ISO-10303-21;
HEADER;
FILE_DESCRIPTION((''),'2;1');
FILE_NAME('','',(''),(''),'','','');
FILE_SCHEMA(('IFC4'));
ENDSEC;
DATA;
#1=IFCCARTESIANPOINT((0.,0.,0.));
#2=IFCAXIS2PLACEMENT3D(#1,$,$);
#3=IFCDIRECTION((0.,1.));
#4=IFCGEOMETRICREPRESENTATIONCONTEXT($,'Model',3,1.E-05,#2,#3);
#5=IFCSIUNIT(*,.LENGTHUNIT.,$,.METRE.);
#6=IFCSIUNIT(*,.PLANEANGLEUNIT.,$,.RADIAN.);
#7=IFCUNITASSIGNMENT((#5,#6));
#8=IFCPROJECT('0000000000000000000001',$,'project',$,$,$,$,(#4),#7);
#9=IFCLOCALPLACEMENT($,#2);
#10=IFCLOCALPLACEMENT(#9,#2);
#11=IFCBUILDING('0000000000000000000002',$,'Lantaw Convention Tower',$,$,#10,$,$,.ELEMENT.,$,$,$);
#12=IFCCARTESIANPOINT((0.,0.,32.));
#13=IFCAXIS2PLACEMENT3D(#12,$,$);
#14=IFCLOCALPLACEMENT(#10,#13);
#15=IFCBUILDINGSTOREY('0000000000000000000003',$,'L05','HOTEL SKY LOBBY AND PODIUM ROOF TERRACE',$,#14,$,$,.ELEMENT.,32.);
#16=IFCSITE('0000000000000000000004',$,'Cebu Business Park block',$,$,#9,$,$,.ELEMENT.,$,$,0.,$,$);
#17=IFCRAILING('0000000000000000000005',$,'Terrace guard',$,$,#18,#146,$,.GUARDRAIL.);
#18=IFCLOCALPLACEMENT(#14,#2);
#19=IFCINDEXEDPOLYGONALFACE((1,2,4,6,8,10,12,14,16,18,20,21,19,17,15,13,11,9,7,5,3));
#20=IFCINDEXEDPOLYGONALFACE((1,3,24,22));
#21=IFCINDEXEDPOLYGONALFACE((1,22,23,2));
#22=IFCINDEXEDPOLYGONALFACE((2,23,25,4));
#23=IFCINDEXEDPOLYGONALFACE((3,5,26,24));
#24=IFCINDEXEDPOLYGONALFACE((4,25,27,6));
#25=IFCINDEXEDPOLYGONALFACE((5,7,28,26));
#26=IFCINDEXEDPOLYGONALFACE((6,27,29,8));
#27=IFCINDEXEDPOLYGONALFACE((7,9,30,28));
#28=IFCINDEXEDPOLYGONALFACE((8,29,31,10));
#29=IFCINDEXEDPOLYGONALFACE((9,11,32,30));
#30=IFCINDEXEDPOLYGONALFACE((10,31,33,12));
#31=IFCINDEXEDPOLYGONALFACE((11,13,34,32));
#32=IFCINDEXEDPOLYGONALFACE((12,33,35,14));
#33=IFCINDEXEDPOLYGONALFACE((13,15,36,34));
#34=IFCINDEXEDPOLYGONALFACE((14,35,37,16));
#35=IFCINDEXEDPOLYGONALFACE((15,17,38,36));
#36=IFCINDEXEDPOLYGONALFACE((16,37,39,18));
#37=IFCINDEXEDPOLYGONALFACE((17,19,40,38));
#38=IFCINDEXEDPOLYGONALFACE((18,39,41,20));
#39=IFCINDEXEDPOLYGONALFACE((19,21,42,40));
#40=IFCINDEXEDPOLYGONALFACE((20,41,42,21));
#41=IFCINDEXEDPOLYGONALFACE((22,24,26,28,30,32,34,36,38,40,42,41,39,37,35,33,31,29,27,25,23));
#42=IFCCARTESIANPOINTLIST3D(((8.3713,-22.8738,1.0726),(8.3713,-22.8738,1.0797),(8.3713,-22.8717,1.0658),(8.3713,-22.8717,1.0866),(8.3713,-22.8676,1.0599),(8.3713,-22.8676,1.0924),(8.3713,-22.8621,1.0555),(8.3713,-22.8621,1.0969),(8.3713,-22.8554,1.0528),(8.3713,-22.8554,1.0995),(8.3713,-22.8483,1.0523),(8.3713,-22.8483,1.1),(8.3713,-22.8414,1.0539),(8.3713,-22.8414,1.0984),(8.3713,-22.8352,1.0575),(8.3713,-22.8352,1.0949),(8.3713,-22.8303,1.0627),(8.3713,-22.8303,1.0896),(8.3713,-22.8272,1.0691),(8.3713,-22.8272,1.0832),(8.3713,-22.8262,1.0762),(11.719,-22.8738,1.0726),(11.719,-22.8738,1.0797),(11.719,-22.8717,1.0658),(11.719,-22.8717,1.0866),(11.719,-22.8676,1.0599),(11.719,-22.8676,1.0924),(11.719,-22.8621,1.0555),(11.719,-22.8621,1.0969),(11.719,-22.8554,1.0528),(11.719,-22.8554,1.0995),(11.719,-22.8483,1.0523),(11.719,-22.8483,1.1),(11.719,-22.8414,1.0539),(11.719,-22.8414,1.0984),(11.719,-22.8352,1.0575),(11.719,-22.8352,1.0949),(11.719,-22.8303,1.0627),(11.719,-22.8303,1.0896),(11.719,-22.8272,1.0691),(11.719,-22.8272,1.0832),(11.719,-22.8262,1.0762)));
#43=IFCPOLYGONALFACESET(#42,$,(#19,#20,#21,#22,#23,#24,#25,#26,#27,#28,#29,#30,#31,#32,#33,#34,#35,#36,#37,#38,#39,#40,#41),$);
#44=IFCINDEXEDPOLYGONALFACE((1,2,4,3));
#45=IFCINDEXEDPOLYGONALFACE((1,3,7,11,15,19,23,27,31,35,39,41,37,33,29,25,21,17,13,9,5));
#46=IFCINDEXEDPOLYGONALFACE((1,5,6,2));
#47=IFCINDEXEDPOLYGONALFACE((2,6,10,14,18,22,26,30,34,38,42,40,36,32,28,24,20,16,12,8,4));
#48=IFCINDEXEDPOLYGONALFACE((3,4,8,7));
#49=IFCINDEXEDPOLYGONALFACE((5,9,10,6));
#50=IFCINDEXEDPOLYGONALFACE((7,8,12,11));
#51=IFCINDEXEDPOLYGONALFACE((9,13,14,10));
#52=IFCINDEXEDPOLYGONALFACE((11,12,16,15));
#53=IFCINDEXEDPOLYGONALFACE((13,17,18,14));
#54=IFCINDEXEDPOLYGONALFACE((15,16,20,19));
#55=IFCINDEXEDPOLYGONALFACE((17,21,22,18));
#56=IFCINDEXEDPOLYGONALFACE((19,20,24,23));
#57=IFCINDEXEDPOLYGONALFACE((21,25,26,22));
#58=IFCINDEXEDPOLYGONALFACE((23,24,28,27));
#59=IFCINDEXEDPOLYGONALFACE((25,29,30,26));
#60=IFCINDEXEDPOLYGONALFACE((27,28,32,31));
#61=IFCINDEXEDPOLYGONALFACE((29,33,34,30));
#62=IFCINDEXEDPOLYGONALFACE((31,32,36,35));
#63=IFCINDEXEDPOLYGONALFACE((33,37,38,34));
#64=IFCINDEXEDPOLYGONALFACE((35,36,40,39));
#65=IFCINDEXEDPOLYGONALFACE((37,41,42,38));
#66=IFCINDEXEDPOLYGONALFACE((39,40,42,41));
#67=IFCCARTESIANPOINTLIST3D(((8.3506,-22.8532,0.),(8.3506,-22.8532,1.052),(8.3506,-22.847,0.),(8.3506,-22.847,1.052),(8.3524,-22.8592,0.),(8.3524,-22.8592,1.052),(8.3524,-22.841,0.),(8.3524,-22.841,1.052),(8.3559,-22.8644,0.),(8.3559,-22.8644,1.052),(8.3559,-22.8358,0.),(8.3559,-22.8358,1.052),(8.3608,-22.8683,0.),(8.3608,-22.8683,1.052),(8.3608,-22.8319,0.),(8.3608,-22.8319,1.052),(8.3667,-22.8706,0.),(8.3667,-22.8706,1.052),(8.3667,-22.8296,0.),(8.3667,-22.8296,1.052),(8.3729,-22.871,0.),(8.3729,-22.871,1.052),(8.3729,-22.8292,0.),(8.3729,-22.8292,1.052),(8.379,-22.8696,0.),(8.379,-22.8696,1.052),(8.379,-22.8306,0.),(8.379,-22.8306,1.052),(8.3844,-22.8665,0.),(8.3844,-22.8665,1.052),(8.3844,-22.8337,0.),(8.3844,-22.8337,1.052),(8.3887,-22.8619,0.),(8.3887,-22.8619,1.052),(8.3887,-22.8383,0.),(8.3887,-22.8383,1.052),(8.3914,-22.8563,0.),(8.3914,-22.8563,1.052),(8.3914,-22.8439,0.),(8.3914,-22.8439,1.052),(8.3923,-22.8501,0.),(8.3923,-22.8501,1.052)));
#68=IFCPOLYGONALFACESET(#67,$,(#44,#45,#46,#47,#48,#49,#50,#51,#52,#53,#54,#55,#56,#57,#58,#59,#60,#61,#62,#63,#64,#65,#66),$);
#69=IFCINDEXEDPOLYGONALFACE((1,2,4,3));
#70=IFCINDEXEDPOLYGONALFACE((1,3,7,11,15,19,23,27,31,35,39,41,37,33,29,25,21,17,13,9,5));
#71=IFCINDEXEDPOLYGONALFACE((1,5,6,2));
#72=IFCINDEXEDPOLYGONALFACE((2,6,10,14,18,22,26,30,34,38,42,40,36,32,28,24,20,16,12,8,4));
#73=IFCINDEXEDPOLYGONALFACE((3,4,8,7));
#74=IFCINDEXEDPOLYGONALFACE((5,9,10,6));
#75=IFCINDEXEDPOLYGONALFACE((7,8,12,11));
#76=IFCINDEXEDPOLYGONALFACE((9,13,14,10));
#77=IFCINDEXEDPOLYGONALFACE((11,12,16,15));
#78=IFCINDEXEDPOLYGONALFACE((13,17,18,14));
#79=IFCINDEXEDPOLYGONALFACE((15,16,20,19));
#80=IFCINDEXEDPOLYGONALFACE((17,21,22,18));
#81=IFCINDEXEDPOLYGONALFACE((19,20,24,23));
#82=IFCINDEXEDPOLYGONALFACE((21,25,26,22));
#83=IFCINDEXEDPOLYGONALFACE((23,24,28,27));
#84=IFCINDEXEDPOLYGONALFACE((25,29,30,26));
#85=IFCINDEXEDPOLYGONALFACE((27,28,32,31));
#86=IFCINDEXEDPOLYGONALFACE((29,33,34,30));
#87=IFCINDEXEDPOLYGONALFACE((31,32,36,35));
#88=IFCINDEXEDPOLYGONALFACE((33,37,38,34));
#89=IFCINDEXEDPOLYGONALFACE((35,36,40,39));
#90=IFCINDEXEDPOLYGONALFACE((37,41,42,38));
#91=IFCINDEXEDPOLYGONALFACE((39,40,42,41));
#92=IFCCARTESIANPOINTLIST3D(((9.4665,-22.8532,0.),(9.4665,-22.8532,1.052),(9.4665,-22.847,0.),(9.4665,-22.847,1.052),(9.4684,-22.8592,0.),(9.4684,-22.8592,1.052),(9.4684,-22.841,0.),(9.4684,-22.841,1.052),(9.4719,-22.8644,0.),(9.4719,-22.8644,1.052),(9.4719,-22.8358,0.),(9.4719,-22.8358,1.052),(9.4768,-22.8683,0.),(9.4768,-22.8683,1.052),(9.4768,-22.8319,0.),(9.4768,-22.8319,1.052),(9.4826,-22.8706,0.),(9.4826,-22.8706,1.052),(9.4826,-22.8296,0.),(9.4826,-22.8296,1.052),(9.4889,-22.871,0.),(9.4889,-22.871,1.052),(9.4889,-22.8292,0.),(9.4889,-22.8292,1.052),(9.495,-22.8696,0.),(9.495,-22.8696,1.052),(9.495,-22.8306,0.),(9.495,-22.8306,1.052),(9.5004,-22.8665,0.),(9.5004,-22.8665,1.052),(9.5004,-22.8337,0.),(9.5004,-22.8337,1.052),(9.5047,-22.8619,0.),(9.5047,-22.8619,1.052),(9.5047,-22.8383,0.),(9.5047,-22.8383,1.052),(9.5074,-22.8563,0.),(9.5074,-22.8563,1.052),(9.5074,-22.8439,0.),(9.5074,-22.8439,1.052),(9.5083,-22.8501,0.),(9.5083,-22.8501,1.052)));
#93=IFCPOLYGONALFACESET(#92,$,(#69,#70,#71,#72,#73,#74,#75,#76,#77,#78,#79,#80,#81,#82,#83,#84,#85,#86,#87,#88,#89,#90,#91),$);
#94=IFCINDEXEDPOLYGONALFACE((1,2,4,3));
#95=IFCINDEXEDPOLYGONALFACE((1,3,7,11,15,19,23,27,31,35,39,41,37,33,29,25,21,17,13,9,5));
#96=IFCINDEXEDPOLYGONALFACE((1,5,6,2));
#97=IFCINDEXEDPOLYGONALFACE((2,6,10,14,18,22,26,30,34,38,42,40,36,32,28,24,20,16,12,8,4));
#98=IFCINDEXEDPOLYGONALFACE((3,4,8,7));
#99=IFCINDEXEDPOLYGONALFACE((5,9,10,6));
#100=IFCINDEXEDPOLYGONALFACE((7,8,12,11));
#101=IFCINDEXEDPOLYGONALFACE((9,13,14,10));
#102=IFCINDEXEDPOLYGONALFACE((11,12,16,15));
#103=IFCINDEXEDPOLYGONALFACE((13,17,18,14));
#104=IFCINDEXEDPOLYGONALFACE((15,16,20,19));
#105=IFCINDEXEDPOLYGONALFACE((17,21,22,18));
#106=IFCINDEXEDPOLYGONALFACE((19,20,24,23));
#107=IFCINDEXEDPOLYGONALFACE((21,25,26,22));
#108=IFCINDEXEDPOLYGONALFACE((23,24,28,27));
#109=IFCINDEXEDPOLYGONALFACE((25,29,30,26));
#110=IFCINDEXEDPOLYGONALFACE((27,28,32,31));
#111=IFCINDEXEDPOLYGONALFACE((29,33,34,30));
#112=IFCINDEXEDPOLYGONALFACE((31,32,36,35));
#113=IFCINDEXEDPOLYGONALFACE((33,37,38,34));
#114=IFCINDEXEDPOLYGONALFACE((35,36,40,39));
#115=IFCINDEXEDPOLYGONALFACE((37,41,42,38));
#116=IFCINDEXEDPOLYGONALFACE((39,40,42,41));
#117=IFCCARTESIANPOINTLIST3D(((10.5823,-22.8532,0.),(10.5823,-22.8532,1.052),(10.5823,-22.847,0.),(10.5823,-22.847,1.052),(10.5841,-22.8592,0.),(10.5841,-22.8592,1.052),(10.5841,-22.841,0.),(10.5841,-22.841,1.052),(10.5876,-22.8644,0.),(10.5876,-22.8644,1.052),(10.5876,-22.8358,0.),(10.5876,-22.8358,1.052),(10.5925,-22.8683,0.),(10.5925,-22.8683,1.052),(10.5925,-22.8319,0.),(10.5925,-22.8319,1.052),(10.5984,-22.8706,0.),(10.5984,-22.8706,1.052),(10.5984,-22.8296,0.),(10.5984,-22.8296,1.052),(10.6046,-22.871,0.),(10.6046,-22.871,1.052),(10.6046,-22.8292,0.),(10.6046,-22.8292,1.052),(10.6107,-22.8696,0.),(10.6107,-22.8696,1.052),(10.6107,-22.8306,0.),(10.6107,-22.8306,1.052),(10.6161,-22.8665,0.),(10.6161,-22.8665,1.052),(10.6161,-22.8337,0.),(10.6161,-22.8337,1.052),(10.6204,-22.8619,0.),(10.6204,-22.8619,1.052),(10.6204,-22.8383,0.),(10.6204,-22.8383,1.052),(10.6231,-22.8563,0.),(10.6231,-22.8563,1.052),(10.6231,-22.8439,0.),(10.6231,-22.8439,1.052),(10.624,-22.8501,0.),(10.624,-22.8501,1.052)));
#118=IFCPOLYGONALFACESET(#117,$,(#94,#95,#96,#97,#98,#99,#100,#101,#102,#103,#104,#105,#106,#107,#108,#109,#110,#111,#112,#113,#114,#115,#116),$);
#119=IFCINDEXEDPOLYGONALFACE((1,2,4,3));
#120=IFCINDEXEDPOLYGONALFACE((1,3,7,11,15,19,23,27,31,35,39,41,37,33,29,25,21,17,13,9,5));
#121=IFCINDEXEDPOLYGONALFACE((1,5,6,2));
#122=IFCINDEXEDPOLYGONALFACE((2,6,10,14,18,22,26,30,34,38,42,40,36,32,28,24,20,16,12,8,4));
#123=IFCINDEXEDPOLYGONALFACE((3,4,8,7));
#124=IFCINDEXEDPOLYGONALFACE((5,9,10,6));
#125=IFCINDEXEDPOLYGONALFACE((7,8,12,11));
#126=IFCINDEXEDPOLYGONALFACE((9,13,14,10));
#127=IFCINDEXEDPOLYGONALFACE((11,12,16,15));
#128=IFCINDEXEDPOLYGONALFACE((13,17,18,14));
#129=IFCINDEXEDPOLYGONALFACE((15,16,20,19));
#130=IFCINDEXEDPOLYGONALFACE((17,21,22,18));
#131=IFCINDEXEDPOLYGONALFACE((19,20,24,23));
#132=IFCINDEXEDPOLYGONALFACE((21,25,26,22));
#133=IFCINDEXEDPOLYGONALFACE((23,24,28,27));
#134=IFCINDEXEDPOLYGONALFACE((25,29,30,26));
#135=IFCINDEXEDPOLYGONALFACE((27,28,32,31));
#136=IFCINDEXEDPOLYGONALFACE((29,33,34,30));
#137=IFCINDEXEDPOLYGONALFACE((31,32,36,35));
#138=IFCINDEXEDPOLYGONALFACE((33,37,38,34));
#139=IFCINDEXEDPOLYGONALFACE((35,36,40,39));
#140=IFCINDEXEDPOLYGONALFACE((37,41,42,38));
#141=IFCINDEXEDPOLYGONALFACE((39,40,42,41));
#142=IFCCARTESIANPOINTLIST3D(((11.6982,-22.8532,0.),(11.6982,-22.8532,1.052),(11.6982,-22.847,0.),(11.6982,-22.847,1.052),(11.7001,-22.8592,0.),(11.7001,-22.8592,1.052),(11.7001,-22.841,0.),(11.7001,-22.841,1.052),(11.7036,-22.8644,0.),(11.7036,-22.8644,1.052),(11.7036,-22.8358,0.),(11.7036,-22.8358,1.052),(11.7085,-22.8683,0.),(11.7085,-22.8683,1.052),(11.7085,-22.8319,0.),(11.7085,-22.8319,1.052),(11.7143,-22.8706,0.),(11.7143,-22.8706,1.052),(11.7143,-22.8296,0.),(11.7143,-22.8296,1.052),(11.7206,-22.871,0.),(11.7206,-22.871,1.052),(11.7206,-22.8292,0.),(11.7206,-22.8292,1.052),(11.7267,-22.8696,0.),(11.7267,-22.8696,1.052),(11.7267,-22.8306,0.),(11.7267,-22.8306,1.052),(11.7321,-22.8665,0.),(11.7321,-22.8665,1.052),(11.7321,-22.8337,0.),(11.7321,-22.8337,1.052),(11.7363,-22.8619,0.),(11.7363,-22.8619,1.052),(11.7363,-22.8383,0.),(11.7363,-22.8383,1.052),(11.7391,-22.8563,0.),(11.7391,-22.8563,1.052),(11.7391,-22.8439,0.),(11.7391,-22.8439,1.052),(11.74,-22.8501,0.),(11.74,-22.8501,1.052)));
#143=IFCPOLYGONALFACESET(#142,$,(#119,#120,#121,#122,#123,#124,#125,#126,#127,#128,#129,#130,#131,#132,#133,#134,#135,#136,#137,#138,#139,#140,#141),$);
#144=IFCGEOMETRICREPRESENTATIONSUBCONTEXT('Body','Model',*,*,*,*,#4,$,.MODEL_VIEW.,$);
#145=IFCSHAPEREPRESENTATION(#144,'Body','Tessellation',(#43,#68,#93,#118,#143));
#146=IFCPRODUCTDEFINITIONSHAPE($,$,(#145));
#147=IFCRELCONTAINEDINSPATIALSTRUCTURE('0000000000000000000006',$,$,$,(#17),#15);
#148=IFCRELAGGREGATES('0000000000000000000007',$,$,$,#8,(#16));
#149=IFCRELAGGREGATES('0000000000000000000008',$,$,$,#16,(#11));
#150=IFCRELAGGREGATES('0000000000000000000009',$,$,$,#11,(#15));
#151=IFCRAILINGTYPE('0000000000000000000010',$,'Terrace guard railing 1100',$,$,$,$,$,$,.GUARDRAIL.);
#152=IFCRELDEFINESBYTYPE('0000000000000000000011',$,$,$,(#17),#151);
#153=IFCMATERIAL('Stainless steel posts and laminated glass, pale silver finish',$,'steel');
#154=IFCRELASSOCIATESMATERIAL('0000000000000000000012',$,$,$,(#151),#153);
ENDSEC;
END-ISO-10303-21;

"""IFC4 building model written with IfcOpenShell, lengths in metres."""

from ifc_helpers import new_model, si_unit, direction, frame, origin, origin_2d, place, context, subcontext, project, spatial, circle, extrude, material, type_object, element, save


model = new_model("IFC4")

# Units and contexts
model_context = context("Model", 3, precision=1e-05, world=origin(), true_north=direction((0.0, 1.0)))
body_context = subcontext(model_context, "Body", "Model", "MODEL_VIEW")
ifc_project = project(units=[si_unit("LENGTHUNIT", "METRE"), si_unit("PLANEANGLEUNIT", "RADIAN")], contexts=[model_context])

# Site, building, storey
site_placement = place(None, origin())
site = spatial("IfcSite", under=ifc_project, at=site_placement, Name="Cebu Business Park block", CompositionType="ELEMENT", RefElevation=0.0)
building_placement = place(site_placement, origin())
building = spatial("IfcBuilding", under=site, at=building_placement, Name="Lantaw Convention Tower", CompositionType="ELEMENT")
storey_placement = place(building_placement, frame((0.0, 0.0, 32.0)))
storey = spatial("IfcBuildingStorey", under=building, at=storey_placement, Name="L05", Description="HOTEL SKY LOBBY AND PODIUM ROOF TERRACE", CompositionType="ELEMENT", Elevation=32.0)

# Railing
ifc_material_1 = material(Name="Stainless steel posts and laminated glass, pale silver finish", Category="steel")
railing_type = type_object("IfcRailingType", Name="Terrace guard railing 1100", PredefinedType="GUARDRAIL", material=ifc_material_1)
railing_1_placement = place(storey_placement, frame((8.3713, -22.8501, 0.0)))
element("IfcRailing", 1, at=railing_1_placement, inside=storey, type_object=railing_type, Name="Terrace guard", PredefinedType="GUARDRAIL", context=body_context, shape_type="SweptSolid", body=[
    extrude(circle(Radius=0.0239, at=origin_2d()), frame((0.0, 0.0, 1.0762), z_axis=(1.0, 0.0, 0.0), x_axis=(0.0, 1.0, 0.0)), (0.0, 0.0, 1.0), 3.3477),
    extrude(circle(Radius=0.021, at=origin_2d()), origin(), (0.0, 0.0, 1.0), 1.052),
    extrude(circle(Radius=0.021, at=origin_2d()), frame((1.116, 0.0, 0.0)), (0.0, 0.0, 1.0), 1.052),
    extrude(circle(Radius=0.021, at=origin_2d()), frame((2.2317, 0.0, 0.0)), (0.0, 0.0, 1.0), 1.052),
    extrude(circle(Radius=0.021, at=origin_2d()), frame((3.3477, 0.0, 0.0)), (0.0, 0.0, 1.0), 1.052),
])

save(model, "model.ifc")
